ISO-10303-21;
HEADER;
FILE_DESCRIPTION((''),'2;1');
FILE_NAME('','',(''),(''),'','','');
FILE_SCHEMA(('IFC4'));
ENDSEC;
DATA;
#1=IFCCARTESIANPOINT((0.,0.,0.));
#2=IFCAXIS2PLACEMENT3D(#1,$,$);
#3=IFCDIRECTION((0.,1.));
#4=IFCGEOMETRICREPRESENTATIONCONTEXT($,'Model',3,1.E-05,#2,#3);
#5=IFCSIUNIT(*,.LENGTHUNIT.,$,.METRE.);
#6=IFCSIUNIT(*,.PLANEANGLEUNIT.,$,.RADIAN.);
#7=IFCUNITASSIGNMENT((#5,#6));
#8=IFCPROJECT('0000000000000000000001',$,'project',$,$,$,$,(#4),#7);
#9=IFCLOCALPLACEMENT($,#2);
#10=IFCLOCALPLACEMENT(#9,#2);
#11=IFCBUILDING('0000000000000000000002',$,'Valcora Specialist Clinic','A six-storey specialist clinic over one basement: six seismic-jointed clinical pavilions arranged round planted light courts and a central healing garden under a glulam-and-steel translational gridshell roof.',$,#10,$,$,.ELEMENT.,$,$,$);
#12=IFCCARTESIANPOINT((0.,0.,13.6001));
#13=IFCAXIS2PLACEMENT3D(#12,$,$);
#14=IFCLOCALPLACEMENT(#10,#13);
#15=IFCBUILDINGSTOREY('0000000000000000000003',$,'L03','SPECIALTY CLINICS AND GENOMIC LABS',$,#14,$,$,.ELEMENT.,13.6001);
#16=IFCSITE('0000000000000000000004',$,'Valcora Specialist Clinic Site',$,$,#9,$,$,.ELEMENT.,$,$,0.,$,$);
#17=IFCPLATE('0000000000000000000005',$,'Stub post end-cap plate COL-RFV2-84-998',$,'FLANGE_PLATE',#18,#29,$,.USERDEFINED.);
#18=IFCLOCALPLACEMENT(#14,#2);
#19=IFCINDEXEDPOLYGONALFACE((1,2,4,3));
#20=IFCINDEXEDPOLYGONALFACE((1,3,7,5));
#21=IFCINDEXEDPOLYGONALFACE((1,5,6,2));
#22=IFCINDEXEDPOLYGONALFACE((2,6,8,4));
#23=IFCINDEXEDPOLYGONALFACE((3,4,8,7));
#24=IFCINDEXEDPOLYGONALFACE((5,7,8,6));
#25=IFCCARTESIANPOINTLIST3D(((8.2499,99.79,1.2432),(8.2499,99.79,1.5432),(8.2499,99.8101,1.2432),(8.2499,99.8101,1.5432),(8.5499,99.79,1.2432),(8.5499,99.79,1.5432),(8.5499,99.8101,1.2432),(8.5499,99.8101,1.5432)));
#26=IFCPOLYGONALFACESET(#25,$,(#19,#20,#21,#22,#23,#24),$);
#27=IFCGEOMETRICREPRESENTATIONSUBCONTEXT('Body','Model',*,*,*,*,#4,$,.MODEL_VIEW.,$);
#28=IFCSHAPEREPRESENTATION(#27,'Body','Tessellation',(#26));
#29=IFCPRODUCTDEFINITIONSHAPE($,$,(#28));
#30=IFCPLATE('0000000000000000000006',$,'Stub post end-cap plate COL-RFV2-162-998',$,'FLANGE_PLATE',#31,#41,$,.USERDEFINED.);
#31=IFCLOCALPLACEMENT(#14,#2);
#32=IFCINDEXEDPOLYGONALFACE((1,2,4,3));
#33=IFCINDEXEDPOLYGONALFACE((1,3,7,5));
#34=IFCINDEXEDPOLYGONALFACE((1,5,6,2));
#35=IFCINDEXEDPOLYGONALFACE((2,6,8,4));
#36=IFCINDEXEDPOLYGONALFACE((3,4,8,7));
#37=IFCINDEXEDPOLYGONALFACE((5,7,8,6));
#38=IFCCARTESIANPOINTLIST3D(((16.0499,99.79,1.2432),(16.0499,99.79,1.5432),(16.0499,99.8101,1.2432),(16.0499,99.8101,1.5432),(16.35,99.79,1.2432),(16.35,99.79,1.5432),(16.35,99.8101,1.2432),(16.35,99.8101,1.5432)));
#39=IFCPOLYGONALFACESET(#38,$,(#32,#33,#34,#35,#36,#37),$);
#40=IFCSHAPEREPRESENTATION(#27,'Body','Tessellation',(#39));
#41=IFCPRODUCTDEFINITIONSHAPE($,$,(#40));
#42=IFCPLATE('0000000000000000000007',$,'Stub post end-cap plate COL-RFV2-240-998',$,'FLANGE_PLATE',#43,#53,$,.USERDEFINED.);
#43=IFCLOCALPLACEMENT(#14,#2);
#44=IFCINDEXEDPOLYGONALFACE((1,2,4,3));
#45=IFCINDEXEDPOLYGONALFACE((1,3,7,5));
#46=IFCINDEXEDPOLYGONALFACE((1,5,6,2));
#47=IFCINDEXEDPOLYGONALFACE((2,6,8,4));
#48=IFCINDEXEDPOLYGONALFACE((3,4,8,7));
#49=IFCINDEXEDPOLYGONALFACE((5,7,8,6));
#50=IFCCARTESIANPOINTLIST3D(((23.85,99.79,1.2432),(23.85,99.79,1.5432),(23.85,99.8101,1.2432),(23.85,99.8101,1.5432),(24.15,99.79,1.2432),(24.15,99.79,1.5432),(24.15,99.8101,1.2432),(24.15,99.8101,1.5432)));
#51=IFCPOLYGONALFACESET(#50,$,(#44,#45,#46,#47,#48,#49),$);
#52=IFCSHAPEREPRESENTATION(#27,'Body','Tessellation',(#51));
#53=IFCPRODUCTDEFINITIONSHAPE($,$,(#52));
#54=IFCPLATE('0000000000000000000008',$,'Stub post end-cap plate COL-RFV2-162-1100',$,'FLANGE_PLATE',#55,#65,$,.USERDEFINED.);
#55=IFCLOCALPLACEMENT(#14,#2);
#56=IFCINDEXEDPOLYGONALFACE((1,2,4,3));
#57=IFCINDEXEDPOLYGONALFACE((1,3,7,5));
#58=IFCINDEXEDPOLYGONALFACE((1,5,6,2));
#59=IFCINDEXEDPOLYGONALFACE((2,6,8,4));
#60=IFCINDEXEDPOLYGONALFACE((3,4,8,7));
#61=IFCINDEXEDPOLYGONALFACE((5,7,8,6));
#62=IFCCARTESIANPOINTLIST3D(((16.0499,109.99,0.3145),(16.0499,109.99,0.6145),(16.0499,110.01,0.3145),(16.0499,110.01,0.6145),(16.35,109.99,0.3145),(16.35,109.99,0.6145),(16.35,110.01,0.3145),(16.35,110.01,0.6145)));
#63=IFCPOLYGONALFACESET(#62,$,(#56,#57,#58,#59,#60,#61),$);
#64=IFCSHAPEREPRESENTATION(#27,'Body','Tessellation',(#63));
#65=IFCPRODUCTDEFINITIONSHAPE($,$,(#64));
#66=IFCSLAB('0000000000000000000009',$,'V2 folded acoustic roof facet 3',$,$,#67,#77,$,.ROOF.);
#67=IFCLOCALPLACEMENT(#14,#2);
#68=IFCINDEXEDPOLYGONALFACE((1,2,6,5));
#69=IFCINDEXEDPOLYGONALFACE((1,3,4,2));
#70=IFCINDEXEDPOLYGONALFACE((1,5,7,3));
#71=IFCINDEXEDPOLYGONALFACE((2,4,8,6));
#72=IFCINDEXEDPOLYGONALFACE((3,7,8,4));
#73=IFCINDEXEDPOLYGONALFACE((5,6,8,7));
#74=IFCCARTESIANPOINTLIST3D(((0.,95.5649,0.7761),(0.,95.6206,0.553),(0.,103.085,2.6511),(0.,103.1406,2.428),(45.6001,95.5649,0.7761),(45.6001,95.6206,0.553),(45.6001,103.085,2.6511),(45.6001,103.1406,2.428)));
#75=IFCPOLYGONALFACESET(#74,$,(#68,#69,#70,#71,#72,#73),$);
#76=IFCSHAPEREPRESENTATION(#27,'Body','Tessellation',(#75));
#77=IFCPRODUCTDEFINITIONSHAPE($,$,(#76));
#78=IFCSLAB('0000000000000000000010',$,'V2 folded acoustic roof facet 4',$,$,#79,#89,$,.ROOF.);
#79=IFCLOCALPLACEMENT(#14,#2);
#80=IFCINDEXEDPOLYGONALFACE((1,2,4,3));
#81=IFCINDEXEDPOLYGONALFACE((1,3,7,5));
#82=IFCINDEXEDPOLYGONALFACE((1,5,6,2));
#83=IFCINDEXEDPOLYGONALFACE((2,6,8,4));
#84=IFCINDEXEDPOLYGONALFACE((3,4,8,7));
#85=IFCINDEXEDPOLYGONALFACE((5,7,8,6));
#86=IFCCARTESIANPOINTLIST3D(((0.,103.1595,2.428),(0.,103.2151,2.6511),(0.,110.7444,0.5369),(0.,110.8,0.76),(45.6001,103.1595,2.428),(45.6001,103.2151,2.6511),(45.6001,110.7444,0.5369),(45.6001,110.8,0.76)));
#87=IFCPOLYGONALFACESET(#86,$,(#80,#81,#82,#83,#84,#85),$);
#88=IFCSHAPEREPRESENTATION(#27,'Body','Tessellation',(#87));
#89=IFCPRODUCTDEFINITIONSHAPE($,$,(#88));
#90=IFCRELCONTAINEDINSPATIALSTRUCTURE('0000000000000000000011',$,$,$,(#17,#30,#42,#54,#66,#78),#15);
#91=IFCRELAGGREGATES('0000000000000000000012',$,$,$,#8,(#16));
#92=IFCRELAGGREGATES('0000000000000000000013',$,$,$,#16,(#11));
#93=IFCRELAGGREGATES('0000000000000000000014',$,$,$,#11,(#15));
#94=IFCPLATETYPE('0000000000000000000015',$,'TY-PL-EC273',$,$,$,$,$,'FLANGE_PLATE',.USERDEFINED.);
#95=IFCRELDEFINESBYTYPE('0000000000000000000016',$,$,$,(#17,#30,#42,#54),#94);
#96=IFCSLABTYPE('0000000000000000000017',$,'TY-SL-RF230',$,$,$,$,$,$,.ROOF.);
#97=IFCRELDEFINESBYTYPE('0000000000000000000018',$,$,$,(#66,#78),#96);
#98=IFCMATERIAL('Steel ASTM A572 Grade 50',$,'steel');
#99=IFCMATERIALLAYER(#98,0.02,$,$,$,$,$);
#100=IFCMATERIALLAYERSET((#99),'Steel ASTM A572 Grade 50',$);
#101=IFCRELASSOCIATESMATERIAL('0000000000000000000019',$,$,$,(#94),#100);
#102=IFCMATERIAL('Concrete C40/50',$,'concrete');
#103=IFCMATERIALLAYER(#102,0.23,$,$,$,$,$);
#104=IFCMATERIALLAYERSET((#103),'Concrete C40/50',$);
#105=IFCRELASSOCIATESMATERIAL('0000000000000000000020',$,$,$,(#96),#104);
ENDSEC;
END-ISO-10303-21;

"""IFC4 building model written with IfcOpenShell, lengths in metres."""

from ifc_helpers import new_model, si_unit, direction, frame, origin, origin_2d, place, context, subcontext, project, spatial, polyline, rectangle, outline, extrude, material, layer, layer_set, type_object, element, save


model = new_model("IFC4")

# Units and contexts
model_context = context("Model", 3, precision=1e-05, world=origin(), true_north=direction((0.0, 1.0)))
body_context = subcontext(model_context, "Body", "Model", "MODEL_VIEW")
ifc_project = project(units=[si_unit("LENGTHUNIT", "METRE"), si_unit("PLANEANGLEUNIT", "RADIAN")], contexts=[model_context])

# Site, building, storey
site_placement = place(None, origin())
site = spatial("IfcSite", under=ifc_project, at=site_placement, Name="Valcora Specialist Clinic Site", CompositionType="ELEMENT", RefElevation=0.0)
building_placement = place(site_placement, origin())
building = spatial("IfcBuilding", under=site, at=building_placement, Name="Valcora Specialist Clinic", Description="A six-storey specialist clinic over one basement: six seismic-jointed clinical pavilions arranged round planted light courts and a central healing garden under a glulam-and-steel translational gridshell roof.", CompositionType="ELEMENT")
storey_placement = place(building_placement, frame((0.0, 0.0, 13.6001)))
storey = spatial("IfcBuildingStorey", under=building, at=storey_placement, Name="L03", Description="SPECIALTY CLINICS AND GENOMIC LABS", CompositionType="ELEMENT", Elevation=13.6001)

# Plates
ifc_material_1 = material(Name="Steel ASTM A572 Grade 50", Category="steel")
ifc_layer_1 = layer(ifc_material_1, 0.02)
ifc_layer_set_1 = layer_set([ifc_layer_1], Name="Steel ASTM A572 Grade 50")
plate_type = type_object("IfcPlateType", Name="TY-PL-EC273", ElementType="FLANGE_PLATE", PredefinedType="USERDEFINED", material=ifc_layer_set_1)
for number, where, z_axis, x_axis, name in (
    (1, (8.3999, 99.8, 1.2432), (0.0, 0.0, 1.0), (1.0, 0.0, 0.0), "Stub post end-cap plate COL-RFV2-84-998"),
    (2, (16.2, 99.8, 1.2432), (0.0, 0.0, 1.0), (1.0, 0.0, 0.0), "Stub post end-cap plate COL-RFV2-162-998"),
    (3, (24.0, 99.8, 1.2432), (0.0, 0.0, 1.0), (1.0, 0.0, 0.0), "Stub post end-cap plate COL-RFV2-240-998"),
    (4, (16.2, 110.0, 0.3145), (0.0, 0.0, 1.0), (1.0, 0.0, 0.0), "Stub post end-cap plate COL-RFV2-162-1100"),
):
    element("IfcPlate", number, at=place(storey_placement, frame(where, z_axis=z_axis, x_axis=x_axis)), inside=storey, type_object=plate_type, Name=name, ObjectType="FLANGE_PLATE", PredefinedType="USERDEFINED", context=body_context, shape_type="SweptSolid", body=[
        extrude(rectangle(XDim=0.3, YDim=0.02, at=origin_2d()), origin(), (0.0, 0.0, 1.0), 0.3),
    ])

# Slabs
ifc_material_2 = material(Name="Concrete C40/50", Category="concrete")
ifc_layer_2 = layer(ifc_material_2, 0.23)
ifc_layer_set_2 = layer_set([ifc_layer_2], Name="Concrete C40/50")
slab_type = type_object("IfcSlabType", Name="TY-SL-RF230", PredefinedType="ROOF", material=ifc_layer_set_2)
slab_1_placement = place(storey_placement, frame((0.0, 95.5649, 0.7761), z_axis=(0.0, -0.241928, 0.970294), x_axis=(1.0, 0.0, 0.0)))
element("IfcSlab", 5, at=slab_1_placement, inside=storey, type_object=slab_type, Name="V2 folded acoustic roof facet 3", PredefinedType="ROOF", context=body_context, shape_type="SweptSolid", body=[
    extrude(outline(polyline([(0.0, 0.0), (45.6001, 0.0), (45.6001, 7.7502), (0.0, 7.7502), (0.0, 0.0)])), origin(), (0.0, 0.0, -1.0), 0.23),
])
slab_2_placement = place(storey_placement, frame((0.0, 103.2151, 2.6511), z_axis=(0.0, 0.241918, 0.970297), x_axis=(1.0, 0.0, 0.0)))
element("IfcSlab", 6, at=slab_2_placement, inside=storey, type_object=slab_type, Name="V2 folded acoustic roof facet 4", PredefinedType="ROOF", context=body_context, shape_type="SweptSolid", body=[
    extrude(outline(polyline([(0.0, 0.0), (45.6001, 0.0), (45.6001, 7.8172), (0.0, 7.8172), (0.0, 0.0)])), origin(), (0.0, 0.0, -1.0), 0.23),
])

save(model, "model.ifc")
